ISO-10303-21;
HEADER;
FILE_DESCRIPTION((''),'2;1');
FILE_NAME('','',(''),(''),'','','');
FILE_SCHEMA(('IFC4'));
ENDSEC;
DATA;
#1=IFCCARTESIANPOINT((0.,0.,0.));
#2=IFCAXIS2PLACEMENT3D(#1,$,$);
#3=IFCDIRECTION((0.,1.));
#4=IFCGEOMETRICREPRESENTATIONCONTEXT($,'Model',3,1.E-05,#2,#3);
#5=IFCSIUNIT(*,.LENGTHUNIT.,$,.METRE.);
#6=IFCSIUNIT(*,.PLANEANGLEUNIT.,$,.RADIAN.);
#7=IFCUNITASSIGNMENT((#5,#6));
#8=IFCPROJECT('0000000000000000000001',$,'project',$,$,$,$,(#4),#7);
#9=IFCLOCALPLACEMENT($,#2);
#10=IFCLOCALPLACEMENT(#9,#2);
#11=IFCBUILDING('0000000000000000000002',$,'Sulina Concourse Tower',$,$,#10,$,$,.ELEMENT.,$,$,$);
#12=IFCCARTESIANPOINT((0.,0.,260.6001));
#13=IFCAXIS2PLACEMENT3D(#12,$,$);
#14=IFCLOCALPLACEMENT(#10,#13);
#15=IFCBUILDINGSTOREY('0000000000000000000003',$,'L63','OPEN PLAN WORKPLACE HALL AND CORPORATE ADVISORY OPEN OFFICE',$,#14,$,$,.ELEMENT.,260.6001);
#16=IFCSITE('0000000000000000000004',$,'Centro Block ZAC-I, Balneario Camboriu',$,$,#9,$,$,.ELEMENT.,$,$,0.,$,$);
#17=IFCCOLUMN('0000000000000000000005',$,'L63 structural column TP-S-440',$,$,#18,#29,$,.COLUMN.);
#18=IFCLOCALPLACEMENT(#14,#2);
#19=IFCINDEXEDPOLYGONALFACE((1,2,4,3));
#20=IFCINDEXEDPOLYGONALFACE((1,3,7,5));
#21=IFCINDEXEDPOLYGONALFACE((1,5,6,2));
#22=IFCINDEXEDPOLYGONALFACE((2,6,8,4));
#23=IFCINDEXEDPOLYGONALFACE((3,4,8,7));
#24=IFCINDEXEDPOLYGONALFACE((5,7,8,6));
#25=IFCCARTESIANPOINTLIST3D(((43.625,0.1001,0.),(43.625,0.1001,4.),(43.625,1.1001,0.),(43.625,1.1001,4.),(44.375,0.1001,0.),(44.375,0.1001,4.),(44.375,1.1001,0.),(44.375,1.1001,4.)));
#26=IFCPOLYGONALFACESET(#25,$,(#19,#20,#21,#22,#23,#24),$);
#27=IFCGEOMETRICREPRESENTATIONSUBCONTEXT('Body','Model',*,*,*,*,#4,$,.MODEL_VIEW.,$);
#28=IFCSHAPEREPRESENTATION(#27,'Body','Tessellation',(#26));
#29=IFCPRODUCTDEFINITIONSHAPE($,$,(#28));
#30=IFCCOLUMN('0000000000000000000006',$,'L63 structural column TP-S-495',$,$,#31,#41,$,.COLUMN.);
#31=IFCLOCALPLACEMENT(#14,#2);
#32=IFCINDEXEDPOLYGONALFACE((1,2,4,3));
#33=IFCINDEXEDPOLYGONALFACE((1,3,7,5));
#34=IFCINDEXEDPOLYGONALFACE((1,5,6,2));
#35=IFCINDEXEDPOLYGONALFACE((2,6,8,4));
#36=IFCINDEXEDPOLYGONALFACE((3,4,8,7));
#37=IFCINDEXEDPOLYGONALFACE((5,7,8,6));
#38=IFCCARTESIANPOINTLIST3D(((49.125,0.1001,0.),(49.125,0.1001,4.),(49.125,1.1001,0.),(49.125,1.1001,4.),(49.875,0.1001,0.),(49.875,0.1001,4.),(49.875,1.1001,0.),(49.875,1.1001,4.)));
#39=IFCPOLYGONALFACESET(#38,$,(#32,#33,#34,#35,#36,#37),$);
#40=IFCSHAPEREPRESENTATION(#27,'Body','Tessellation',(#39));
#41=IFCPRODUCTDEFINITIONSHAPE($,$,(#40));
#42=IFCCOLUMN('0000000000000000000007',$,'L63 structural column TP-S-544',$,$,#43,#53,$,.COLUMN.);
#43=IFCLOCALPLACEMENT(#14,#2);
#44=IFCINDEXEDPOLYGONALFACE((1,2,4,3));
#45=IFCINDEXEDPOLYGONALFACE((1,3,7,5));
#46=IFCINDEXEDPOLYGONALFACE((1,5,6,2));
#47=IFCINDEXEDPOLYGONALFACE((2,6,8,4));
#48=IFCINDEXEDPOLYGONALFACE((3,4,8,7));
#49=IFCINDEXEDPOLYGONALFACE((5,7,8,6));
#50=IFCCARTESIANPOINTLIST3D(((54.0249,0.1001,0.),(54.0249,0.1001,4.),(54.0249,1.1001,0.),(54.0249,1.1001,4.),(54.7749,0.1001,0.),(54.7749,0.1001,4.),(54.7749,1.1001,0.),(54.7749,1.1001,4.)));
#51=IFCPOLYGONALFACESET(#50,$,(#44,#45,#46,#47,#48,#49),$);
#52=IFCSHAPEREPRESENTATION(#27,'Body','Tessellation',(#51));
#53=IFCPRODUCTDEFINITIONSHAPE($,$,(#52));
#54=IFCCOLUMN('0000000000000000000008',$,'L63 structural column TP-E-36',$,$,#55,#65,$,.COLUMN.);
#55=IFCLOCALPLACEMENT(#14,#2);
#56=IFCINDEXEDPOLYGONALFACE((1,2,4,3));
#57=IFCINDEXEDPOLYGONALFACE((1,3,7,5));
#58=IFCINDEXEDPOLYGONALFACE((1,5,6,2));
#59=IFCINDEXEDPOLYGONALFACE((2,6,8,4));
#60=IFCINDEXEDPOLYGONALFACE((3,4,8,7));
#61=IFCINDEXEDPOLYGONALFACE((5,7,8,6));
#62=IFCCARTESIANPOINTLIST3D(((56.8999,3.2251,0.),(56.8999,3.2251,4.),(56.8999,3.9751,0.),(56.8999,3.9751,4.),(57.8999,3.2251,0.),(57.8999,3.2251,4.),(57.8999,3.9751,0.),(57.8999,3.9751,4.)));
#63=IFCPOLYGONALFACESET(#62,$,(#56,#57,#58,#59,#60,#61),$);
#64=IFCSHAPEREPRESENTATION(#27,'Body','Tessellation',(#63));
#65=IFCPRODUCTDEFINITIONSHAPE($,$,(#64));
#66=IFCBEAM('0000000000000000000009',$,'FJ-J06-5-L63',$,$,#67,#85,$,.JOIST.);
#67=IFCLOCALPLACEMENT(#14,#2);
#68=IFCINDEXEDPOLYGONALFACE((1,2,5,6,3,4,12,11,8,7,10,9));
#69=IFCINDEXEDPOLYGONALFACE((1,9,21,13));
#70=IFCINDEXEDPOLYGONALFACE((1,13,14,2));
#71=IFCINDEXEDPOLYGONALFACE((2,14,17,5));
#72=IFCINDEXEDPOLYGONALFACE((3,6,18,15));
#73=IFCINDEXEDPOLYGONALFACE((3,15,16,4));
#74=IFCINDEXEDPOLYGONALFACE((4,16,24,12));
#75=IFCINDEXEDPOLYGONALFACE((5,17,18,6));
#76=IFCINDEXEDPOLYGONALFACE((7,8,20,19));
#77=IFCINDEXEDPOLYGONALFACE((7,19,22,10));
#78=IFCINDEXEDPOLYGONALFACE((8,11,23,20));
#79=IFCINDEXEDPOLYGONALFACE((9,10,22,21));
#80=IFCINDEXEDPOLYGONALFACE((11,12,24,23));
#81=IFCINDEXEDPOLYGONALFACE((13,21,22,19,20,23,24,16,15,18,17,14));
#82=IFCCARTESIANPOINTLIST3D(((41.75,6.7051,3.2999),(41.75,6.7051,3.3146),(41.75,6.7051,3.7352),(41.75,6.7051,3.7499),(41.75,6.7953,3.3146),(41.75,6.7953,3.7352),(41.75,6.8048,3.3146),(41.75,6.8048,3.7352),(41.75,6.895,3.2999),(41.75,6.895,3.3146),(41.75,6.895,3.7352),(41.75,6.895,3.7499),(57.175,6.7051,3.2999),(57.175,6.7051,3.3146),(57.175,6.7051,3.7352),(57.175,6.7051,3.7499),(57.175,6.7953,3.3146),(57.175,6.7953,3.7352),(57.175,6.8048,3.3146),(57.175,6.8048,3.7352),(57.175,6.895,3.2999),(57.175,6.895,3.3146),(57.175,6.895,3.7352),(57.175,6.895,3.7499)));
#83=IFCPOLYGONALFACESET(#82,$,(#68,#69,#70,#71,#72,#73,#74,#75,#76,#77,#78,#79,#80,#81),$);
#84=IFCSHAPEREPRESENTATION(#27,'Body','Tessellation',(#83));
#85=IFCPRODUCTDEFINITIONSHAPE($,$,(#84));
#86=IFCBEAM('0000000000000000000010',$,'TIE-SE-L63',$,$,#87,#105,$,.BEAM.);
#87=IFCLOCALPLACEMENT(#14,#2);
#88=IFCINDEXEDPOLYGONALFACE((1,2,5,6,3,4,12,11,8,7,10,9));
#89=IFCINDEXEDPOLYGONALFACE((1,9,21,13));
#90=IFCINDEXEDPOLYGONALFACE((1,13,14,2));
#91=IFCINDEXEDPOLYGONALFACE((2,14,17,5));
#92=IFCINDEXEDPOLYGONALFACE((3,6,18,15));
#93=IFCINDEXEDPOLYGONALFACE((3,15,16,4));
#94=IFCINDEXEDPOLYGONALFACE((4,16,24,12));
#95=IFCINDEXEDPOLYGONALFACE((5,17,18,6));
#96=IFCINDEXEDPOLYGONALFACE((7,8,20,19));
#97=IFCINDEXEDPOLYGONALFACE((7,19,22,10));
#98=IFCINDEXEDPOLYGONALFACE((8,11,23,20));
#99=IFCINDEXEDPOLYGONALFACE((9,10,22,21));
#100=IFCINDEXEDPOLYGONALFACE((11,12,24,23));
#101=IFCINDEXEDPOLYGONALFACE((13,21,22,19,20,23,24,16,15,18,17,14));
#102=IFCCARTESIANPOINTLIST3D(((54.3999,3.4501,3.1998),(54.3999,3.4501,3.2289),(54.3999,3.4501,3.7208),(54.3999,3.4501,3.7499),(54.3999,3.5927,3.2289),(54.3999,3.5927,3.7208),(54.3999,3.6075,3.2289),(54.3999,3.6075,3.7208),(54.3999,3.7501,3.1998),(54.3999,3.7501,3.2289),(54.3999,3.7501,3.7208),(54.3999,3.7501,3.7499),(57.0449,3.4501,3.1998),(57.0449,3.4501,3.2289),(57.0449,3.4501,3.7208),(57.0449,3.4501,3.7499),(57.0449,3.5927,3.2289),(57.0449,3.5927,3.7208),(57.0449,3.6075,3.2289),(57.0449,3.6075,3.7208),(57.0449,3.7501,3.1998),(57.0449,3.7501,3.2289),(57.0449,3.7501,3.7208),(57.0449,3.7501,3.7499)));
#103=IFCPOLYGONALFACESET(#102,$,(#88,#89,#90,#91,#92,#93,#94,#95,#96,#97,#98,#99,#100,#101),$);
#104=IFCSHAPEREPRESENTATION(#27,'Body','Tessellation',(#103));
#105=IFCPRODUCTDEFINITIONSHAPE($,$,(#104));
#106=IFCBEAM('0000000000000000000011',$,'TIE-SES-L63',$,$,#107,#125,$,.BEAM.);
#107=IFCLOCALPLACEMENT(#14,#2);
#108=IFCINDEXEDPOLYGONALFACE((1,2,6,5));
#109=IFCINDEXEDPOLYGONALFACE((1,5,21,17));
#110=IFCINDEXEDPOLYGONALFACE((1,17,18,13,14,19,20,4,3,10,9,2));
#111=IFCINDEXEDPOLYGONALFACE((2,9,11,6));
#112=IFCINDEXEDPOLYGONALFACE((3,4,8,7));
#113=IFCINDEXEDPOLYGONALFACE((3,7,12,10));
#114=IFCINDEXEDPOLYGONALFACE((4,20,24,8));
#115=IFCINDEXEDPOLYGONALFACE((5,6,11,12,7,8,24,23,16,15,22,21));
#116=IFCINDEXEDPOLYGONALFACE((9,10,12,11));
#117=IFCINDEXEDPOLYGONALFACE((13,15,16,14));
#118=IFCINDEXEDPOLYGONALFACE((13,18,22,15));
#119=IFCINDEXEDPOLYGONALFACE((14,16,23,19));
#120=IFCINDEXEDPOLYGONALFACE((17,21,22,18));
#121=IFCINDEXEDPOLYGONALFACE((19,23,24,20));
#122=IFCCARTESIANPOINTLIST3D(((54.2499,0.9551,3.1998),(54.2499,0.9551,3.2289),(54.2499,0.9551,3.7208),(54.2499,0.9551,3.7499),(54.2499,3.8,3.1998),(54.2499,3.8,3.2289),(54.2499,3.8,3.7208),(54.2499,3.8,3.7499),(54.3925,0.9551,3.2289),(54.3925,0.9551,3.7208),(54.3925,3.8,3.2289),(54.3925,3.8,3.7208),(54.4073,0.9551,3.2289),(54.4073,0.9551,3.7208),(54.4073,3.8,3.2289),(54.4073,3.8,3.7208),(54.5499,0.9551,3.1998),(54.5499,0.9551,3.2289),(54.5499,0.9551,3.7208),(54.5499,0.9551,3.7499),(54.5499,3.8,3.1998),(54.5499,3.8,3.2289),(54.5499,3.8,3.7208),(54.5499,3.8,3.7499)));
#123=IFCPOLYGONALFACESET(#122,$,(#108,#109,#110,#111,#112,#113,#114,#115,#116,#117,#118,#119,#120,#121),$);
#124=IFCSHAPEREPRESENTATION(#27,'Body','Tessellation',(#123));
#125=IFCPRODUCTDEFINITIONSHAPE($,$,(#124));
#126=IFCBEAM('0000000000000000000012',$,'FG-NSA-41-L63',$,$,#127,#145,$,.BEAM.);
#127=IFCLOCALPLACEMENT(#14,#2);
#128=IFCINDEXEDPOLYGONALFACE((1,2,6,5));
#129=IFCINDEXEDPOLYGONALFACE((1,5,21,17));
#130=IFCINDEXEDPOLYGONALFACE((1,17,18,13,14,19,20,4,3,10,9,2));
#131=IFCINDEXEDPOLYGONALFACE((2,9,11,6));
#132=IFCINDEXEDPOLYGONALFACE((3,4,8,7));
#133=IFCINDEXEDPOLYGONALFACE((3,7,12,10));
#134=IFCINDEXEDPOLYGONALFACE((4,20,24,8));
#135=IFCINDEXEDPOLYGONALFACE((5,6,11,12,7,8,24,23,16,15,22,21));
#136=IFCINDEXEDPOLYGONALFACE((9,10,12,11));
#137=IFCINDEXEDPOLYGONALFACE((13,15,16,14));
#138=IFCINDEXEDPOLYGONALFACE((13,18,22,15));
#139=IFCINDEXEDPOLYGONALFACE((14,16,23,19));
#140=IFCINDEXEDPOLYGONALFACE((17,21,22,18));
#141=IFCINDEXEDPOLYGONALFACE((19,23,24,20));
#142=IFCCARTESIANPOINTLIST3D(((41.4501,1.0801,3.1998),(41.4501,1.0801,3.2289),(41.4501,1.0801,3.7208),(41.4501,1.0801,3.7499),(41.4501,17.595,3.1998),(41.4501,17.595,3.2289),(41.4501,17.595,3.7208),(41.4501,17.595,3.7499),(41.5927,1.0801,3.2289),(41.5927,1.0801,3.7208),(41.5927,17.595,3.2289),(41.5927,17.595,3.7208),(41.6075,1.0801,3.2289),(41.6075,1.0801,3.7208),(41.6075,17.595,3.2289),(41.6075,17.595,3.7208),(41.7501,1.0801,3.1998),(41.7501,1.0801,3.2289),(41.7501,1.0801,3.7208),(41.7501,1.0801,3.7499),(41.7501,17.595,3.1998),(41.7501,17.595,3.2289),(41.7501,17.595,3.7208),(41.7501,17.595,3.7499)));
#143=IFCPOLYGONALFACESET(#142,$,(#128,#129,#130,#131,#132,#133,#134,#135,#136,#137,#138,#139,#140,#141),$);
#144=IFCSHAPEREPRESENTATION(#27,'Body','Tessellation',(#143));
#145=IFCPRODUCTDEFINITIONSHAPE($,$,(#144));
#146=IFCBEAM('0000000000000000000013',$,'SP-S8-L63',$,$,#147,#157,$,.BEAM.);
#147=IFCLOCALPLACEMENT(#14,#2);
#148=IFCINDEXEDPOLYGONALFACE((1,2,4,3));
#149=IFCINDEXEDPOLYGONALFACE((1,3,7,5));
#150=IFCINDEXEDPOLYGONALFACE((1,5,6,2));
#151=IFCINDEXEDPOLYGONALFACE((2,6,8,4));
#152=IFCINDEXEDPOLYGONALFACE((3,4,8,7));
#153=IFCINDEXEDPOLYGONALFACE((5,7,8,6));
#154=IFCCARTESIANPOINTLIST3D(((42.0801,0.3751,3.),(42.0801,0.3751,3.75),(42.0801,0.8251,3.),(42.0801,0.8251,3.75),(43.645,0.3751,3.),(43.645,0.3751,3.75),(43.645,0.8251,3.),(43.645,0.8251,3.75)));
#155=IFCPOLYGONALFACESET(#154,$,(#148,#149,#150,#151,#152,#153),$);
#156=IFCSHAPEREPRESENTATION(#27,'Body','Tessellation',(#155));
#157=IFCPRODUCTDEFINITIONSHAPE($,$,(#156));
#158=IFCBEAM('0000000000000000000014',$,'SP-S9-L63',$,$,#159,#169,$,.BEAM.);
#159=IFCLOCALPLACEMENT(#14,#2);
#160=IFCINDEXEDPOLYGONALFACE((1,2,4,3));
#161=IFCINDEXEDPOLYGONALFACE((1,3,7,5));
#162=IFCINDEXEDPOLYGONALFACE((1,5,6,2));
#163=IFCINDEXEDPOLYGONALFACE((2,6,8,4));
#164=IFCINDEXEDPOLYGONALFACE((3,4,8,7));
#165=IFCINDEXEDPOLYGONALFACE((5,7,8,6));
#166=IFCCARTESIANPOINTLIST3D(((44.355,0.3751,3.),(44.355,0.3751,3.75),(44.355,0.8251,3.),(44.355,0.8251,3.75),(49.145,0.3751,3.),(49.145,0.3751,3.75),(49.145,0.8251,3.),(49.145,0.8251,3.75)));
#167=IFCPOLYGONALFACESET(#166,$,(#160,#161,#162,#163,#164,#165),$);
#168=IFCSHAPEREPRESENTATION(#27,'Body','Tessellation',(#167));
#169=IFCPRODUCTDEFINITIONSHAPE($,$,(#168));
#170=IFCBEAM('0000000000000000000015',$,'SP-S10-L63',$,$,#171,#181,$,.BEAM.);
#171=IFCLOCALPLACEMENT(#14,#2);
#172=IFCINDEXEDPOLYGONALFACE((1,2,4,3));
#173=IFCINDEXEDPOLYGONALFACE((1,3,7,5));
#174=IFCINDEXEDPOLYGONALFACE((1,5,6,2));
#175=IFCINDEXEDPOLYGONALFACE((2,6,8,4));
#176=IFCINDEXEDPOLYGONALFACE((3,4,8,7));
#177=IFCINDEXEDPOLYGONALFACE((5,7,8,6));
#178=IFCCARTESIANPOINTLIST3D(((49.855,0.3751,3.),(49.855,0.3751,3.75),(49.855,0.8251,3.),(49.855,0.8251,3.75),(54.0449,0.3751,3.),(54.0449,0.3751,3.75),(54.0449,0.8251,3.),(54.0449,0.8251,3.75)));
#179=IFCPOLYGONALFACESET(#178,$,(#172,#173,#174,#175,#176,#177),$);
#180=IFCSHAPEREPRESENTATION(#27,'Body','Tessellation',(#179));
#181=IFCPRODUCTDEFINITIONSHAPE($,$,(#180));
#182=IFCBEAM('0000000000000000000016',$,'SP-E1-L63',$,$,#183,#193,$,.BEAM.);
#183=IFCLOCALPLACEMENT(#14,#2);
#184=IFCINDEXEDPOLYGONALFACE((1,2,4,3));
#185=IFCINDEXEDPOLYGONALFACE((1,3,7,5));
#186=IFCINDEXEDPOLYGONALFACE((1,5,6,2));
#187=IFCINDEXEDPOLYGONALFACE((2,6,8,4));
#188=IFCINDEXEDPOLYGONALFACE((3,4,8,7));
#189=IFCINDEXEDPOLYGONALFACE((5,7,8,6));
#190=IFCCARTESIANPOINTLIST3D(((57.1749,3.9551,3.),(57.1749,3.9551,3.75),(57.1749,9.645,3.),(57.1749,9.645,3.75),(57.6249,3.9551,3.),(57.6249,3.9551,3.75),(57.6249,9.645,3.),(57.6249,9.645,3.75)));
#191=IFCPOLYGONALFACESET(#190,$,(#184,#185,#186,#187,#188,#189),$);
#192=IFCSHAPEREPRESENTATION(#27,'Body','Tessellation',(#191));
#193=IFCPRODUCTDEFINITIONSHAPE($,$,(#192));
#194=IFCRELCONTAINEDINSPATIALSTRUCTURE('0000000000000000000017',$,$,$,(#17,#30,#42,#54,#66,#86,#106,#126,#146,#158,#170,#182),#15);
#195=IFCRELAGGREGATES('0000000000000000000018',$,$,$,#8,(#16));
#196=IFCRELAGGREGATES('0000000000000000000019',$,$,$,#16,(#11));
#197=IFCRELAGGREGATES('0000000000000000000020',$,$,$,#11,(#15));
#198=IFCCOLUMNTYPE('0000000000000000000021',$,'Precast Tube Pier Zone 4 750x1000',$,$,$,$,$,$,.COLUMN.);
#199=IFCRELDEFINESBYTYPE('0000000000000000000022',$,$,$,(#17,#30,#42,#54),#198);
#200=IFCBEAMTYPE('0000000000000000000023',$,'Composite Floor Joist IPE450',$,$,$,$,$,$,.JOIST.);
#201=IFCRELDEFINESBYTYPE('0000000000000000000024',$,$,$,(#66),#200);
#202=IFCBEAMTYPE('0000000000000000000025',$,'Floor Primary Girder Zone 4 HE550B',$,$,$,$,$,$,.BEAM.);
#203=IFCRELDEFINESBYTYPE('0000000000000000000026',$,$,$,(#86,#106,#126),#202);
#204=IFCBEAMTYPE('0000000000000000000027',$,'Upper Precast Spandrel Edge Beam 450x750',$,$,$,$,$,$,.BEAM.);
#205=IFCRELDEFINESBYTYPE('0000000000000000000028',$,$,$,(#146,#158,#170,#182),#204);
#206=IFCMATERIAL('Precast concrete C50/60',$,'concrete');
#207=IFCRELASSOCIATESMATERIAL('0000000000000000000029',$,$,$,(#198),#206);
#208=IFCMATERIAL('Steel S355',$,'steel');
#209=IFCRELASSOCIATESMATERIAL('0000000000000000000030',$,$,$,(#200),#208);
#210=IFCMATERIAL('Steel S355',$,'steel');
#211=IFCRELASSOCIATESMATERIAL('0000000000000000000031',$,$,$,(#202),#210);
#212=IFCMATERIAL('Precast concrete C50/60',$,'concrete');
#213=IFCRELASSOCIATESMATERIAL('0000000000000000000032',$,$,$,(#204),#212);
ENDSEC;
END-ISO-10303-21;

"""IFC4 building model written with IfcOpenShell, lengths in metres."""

from ifc_helpers import new_model, si_unit, direction, frame, origin, origin_2d, place, context, subcontext, project, spatial, rectangle, i_section, extrude, material, material_profile, profile_set, type_object, element, save


model = new_model("IFC4")

# Units and contexts
model_context = context("Model", 3, precision=1e-05, world=origin(), true_north=direction((0.0, 1.0)))
body_context = subcontext(model_context, "Body", "Model", "MODEL_VIEW")
ifc_project = project(units=[si_unit("LENGTHUNIT", "METRE"), si_unit("PLANEANGLEUNIT", "RADIAN")], contexts=[model_context])

# Site, building, storey
site_placement = place(None, origin())
site = spatial("IfcSite", under=ifc_project, at=site_placement, Name="Centro Block ZAC-I, Balneario Camboriu", CompositionType="ELEMENT", RefElevation=0.0)
building_placement = place(site_placement, origin())
building = spatial("IfcBuilding", under=site, at=building_placement, Name="Sulina Concourse Tower", CompositionType="ELEMENT")
storey_placement = place(building_placement, frame((0.0, 0.0, 260.6001)))
storey = spatial("IfcBuildingStorey", under=building, at=storey_placement, Name="L63", Description="OPEN PLAN WORKPLACE HALL AND CORPORATE ADVISORY OPEN OFFICE", CompositionType="ELEMENT", Elevation=260.6001)

# Columns
ifc_material_1 = material(Name="Precast concrete C50/60", Category="concrete")
ifc_material_profile_1 = material_profile(ifc_material_1, rectangle(XDim=0.75, YDim=1.0, at=origin_2d()), Name="PC 750x1000")
ifc_profile_set_1 = profile_set([ifc_material_profile_1], Name="Precast concrete C50/60")
column_type = type_object("IfcColumnType", Name="Precast Tube Pier Zone 4 750x1000", PredefinedType="COLUMN", material=ifc_profile_set_1)
for number, where, z_axis, x_axis, name in (
    (1, (44.0, 0.6001, 0.0), (0.0, 0.0, 1.0), (1.0, 0.0, 0.0), "L63 structural column TP-S-440"),
    (2, (49.5, 0.6001, 0.0), (0.0, 0.0, 1.0), (1.0, 0.0, 0.0), "L63 structural column TP-S-495"),
    (3, (54.3999, 0.6001, 0.0), (0.0, 0.0, 1.0), (1.0, 0.0, 0.0), "L63 structural column TP-S-544"),
    (4, (57.3999, 3.6001, 0.0), (0.0, 0.0, 1.0), (0.0, 1.0, 0.0), "L63 structural column TP-E-36"),
):
    element("IfcColumn", number, at=place(storey_placement, frame(where, z_axis=z_axis, x_axis=x_axis)), inside=storey, type_object=column_type, Name=name, PredefinedType="COLUMN", context=body_context, shape_type="SweptSolid", body=[
        extrude(rectangle(XDim=0.75, YDim=1.0, at=origin_2d()), origin(), (0.0, 0.0, 1.0), 4.0),
    ])

# Beams
ifc_material_2 = material(Name="Steel S355", Category="steel")
ifc_material_profile_2 = material_profile(ifc_material_2, i_section(OverallWidth=0.1899, OverallDepth=0.45, WebThickness=0.0095, FlangeThickness=0.0146, at=origin_2d()), Name="IPE 450")
ifc_profile_set_2 = profile_set([ifc_material_profile_2], Name="Steel S355")
beam_type_1 = type_object("IfcBeamType", Name="Composite Floor Joist IPE450", PredefinedType="JOIST", material=ifc_profile_set_2)
beam_1_placement = place(storey_placement, frame((41.75, 6.8, 3.5249), z_axis=(1.0, 0.0, 0.0), x_axis=(0.0, 1.0, 0.0)))
element("IfcBeam", 5, at=beam_1_placement, inside=storey, type_object=beam_type_1, Name="FJ-J06-5-L63", PredefinedType="JOIST", context=body_context, shape_type="SweptSolid", body=[
    extrude(i_section(OverallWidth=0.1899, OverallDepth=0.45, WebThickness=0.0095, FlangeThickness=0.0146, at=origin_2d()), origin(), (0.0, 0.0, 1.0), 15.425),
])
ifc_material_3 = material(Name="Steel S355", Category="steel")
ifc_material_profile_3 = material_profile(ifc_material_3, i_section(OverallWidth=0.3, OverallDepth=0.55, WebThickness=0.0149, FlangeThickness=0.0291, at=origin_2d()), Name="HE 550 B")
ifc_profile_set_3 = profile_set([ifc_material_profile_3], Name="Steel S355")
beam_type_2 = type_object("IfcBeamType", Name="Floor Primary Girder Zone 4 HE550B", PredefinedType="BEAM", material=ifc_profile_set_3)
beam_2_placement = place(storey_placement, frame((54.3999, 3.6001, 3.4749), z_axis=(1.0, 0.0, 0.0), x_axis=(0.0, 1.0, 0.0)))
element("IfcBeam", 6, at=beam_2_placement, inside=storey, type_object=beam_type_2, Name="TIE-SE-L63", PredefinedType="BEAM", context=body_context, shape_type="SweptSolid", body=[
    extrude(i_section(OverallWidth=0.3, OverallDepth=0.55, WebThickness=0.0149, FlangeThickness=0.0291, at=origin_2d()), origin(), (0.0, 0.0, 1.0), 2.645),
])
beam_3_placement = place(storey_placement, frame((54.3999, 0.9551, 3.4749), z_axis=(0.0, 1.0, 0.0), x_axis=(-1.0, 0.0, 0.0)))
element("IfcBeam", 7, at=beam_3_placement, inside=storey, type_object=beam_type_2, Name="TIE-SES-L63", PredefinedType="BEAM", context=body_context, shape_type="SweptSolid", body=[
    extrude(i_section(OverallWidth=0.3, OverallDepth=0.55, WebThickness=0.0149, FlangeThickness=0.0291, at=origin_2d()), origin(), (0.0, 0.0, 1.0), 2.845),
])
beam_4_placement = place(storey_placement, frame((41.6001, 1.0801, 3.4749), z_axis=(0.0, 1.0, 0.0), x_axis=(-1.0, 0.0, 0.0)))
element("IfcBeam", 8, at=beam_4_placement, inside=storey, type_object=beam_type_2, Name="FG-NSA-41-L63", PredefinedType="BEAM", context=body_context, shape_type="SweptSolid", body=[
    extrude(i_section(OverallWidth=0.3, OverallDepth=0.55, WebThickness=0.0149, FlangeThickness=0.0291, at=origin_2d()), origin(), (0.0, 0.0, 1.0), 16.5149),
])
ifc_material_4 = material(Name="Precast concrete C50/60", Category="concrete")
ifc_material_profile_4 = material_profile(ifc_material_4, rectangle(XDim=0.45, YDim=0.75, at=origin_2d()), Name="RC 450x750")
ifc_profile_set_4 = profile_set([ifc_material_profile_4], Name="Precast concrete C50/60")
beam_type_3 = type_object("IfcBeamType", Name="Upper Precast Spandrel Edge Beam 450x750", PredefinedType="BEAM", material=ifc_profile_set_4)
beam_5_placement = place(storey_placement, frame((42.0801, 0.6001, 3.375), z_axis=(1.0, 0.0, 0.0), x_axis=(0.0, 1.0, 0.0)))
element("IfcBeam", 9, at=beam_5_placement, inside=storey, type_object=beam_type_3, Name="SP-S8-L63", PredefinedType="BEAM", context=body_context, shape_type="SweptSolid", body=[
    extrude(rectangle(XDim=0.45, YDim=0.75, at=origin_2d()), origin(), (0.0, 0.0, 1.0), 1.5649),
])
beam_6_placement = place(storey_placement, frame((44.355, 0.6001, 3.375), z_axis=(1.0, 0.0, 0.0), x_axis=(0.0, 1.0, 0.0)))
element("IfcBeam", 10, at=beam_6_placement, inside=storey, type_object=beam_type_3, Name="SP-S9-L63", PredefinedType="BEAM", context=body_context, shape_type="SweptSolid", body=[
    extrude(rectangle(XDim=0.45, YDim=0.75, at=origin_2d()), origin(), (0.0, 0.0, 1.0), 4.79),
])
beam_7_placement = place(storey_placement, frame((49.855, 0.6001, 3.375), z_axis=(1.0, 0.0, 0.0), x_axis=(0.0, 1.0, 0.0)))
element("IfcBeam", 11, at=beam_7_placement, inside=storey, type_object=beam_type_3, Name="SP-S10-L63", PredefinedType="BEAM", context=body_context, shape_type="SweptSolid", body=[
    extrude(rectangle(XDim=0.45, YDim=0.75, at=origin_2d()), origin(), (0.0, 0.0, 1.0), 4.1899),
])
beam_8_placement = place(storey_placement, frame((57.3999, 3.9551, 3.375), z_axis=(0.0, 1.0, 0.0), x_axis=(-1.0, 0.0, 0.0)))
element("IfcBeam", 12, at=beam_8_placement, inside=storey, type_object=beam_type_3, Name="SP-E1-L63", PredefinedType="BEAM", context=body_context, shape_type="SweptSolid", body=[
    extrude(rectangle(XDim=0.45, YDim=0.75, at=origin_2d()), origin(), (0.0, 0.0, 1.0), 5.6899),
])

save(model, "model.ifc")
